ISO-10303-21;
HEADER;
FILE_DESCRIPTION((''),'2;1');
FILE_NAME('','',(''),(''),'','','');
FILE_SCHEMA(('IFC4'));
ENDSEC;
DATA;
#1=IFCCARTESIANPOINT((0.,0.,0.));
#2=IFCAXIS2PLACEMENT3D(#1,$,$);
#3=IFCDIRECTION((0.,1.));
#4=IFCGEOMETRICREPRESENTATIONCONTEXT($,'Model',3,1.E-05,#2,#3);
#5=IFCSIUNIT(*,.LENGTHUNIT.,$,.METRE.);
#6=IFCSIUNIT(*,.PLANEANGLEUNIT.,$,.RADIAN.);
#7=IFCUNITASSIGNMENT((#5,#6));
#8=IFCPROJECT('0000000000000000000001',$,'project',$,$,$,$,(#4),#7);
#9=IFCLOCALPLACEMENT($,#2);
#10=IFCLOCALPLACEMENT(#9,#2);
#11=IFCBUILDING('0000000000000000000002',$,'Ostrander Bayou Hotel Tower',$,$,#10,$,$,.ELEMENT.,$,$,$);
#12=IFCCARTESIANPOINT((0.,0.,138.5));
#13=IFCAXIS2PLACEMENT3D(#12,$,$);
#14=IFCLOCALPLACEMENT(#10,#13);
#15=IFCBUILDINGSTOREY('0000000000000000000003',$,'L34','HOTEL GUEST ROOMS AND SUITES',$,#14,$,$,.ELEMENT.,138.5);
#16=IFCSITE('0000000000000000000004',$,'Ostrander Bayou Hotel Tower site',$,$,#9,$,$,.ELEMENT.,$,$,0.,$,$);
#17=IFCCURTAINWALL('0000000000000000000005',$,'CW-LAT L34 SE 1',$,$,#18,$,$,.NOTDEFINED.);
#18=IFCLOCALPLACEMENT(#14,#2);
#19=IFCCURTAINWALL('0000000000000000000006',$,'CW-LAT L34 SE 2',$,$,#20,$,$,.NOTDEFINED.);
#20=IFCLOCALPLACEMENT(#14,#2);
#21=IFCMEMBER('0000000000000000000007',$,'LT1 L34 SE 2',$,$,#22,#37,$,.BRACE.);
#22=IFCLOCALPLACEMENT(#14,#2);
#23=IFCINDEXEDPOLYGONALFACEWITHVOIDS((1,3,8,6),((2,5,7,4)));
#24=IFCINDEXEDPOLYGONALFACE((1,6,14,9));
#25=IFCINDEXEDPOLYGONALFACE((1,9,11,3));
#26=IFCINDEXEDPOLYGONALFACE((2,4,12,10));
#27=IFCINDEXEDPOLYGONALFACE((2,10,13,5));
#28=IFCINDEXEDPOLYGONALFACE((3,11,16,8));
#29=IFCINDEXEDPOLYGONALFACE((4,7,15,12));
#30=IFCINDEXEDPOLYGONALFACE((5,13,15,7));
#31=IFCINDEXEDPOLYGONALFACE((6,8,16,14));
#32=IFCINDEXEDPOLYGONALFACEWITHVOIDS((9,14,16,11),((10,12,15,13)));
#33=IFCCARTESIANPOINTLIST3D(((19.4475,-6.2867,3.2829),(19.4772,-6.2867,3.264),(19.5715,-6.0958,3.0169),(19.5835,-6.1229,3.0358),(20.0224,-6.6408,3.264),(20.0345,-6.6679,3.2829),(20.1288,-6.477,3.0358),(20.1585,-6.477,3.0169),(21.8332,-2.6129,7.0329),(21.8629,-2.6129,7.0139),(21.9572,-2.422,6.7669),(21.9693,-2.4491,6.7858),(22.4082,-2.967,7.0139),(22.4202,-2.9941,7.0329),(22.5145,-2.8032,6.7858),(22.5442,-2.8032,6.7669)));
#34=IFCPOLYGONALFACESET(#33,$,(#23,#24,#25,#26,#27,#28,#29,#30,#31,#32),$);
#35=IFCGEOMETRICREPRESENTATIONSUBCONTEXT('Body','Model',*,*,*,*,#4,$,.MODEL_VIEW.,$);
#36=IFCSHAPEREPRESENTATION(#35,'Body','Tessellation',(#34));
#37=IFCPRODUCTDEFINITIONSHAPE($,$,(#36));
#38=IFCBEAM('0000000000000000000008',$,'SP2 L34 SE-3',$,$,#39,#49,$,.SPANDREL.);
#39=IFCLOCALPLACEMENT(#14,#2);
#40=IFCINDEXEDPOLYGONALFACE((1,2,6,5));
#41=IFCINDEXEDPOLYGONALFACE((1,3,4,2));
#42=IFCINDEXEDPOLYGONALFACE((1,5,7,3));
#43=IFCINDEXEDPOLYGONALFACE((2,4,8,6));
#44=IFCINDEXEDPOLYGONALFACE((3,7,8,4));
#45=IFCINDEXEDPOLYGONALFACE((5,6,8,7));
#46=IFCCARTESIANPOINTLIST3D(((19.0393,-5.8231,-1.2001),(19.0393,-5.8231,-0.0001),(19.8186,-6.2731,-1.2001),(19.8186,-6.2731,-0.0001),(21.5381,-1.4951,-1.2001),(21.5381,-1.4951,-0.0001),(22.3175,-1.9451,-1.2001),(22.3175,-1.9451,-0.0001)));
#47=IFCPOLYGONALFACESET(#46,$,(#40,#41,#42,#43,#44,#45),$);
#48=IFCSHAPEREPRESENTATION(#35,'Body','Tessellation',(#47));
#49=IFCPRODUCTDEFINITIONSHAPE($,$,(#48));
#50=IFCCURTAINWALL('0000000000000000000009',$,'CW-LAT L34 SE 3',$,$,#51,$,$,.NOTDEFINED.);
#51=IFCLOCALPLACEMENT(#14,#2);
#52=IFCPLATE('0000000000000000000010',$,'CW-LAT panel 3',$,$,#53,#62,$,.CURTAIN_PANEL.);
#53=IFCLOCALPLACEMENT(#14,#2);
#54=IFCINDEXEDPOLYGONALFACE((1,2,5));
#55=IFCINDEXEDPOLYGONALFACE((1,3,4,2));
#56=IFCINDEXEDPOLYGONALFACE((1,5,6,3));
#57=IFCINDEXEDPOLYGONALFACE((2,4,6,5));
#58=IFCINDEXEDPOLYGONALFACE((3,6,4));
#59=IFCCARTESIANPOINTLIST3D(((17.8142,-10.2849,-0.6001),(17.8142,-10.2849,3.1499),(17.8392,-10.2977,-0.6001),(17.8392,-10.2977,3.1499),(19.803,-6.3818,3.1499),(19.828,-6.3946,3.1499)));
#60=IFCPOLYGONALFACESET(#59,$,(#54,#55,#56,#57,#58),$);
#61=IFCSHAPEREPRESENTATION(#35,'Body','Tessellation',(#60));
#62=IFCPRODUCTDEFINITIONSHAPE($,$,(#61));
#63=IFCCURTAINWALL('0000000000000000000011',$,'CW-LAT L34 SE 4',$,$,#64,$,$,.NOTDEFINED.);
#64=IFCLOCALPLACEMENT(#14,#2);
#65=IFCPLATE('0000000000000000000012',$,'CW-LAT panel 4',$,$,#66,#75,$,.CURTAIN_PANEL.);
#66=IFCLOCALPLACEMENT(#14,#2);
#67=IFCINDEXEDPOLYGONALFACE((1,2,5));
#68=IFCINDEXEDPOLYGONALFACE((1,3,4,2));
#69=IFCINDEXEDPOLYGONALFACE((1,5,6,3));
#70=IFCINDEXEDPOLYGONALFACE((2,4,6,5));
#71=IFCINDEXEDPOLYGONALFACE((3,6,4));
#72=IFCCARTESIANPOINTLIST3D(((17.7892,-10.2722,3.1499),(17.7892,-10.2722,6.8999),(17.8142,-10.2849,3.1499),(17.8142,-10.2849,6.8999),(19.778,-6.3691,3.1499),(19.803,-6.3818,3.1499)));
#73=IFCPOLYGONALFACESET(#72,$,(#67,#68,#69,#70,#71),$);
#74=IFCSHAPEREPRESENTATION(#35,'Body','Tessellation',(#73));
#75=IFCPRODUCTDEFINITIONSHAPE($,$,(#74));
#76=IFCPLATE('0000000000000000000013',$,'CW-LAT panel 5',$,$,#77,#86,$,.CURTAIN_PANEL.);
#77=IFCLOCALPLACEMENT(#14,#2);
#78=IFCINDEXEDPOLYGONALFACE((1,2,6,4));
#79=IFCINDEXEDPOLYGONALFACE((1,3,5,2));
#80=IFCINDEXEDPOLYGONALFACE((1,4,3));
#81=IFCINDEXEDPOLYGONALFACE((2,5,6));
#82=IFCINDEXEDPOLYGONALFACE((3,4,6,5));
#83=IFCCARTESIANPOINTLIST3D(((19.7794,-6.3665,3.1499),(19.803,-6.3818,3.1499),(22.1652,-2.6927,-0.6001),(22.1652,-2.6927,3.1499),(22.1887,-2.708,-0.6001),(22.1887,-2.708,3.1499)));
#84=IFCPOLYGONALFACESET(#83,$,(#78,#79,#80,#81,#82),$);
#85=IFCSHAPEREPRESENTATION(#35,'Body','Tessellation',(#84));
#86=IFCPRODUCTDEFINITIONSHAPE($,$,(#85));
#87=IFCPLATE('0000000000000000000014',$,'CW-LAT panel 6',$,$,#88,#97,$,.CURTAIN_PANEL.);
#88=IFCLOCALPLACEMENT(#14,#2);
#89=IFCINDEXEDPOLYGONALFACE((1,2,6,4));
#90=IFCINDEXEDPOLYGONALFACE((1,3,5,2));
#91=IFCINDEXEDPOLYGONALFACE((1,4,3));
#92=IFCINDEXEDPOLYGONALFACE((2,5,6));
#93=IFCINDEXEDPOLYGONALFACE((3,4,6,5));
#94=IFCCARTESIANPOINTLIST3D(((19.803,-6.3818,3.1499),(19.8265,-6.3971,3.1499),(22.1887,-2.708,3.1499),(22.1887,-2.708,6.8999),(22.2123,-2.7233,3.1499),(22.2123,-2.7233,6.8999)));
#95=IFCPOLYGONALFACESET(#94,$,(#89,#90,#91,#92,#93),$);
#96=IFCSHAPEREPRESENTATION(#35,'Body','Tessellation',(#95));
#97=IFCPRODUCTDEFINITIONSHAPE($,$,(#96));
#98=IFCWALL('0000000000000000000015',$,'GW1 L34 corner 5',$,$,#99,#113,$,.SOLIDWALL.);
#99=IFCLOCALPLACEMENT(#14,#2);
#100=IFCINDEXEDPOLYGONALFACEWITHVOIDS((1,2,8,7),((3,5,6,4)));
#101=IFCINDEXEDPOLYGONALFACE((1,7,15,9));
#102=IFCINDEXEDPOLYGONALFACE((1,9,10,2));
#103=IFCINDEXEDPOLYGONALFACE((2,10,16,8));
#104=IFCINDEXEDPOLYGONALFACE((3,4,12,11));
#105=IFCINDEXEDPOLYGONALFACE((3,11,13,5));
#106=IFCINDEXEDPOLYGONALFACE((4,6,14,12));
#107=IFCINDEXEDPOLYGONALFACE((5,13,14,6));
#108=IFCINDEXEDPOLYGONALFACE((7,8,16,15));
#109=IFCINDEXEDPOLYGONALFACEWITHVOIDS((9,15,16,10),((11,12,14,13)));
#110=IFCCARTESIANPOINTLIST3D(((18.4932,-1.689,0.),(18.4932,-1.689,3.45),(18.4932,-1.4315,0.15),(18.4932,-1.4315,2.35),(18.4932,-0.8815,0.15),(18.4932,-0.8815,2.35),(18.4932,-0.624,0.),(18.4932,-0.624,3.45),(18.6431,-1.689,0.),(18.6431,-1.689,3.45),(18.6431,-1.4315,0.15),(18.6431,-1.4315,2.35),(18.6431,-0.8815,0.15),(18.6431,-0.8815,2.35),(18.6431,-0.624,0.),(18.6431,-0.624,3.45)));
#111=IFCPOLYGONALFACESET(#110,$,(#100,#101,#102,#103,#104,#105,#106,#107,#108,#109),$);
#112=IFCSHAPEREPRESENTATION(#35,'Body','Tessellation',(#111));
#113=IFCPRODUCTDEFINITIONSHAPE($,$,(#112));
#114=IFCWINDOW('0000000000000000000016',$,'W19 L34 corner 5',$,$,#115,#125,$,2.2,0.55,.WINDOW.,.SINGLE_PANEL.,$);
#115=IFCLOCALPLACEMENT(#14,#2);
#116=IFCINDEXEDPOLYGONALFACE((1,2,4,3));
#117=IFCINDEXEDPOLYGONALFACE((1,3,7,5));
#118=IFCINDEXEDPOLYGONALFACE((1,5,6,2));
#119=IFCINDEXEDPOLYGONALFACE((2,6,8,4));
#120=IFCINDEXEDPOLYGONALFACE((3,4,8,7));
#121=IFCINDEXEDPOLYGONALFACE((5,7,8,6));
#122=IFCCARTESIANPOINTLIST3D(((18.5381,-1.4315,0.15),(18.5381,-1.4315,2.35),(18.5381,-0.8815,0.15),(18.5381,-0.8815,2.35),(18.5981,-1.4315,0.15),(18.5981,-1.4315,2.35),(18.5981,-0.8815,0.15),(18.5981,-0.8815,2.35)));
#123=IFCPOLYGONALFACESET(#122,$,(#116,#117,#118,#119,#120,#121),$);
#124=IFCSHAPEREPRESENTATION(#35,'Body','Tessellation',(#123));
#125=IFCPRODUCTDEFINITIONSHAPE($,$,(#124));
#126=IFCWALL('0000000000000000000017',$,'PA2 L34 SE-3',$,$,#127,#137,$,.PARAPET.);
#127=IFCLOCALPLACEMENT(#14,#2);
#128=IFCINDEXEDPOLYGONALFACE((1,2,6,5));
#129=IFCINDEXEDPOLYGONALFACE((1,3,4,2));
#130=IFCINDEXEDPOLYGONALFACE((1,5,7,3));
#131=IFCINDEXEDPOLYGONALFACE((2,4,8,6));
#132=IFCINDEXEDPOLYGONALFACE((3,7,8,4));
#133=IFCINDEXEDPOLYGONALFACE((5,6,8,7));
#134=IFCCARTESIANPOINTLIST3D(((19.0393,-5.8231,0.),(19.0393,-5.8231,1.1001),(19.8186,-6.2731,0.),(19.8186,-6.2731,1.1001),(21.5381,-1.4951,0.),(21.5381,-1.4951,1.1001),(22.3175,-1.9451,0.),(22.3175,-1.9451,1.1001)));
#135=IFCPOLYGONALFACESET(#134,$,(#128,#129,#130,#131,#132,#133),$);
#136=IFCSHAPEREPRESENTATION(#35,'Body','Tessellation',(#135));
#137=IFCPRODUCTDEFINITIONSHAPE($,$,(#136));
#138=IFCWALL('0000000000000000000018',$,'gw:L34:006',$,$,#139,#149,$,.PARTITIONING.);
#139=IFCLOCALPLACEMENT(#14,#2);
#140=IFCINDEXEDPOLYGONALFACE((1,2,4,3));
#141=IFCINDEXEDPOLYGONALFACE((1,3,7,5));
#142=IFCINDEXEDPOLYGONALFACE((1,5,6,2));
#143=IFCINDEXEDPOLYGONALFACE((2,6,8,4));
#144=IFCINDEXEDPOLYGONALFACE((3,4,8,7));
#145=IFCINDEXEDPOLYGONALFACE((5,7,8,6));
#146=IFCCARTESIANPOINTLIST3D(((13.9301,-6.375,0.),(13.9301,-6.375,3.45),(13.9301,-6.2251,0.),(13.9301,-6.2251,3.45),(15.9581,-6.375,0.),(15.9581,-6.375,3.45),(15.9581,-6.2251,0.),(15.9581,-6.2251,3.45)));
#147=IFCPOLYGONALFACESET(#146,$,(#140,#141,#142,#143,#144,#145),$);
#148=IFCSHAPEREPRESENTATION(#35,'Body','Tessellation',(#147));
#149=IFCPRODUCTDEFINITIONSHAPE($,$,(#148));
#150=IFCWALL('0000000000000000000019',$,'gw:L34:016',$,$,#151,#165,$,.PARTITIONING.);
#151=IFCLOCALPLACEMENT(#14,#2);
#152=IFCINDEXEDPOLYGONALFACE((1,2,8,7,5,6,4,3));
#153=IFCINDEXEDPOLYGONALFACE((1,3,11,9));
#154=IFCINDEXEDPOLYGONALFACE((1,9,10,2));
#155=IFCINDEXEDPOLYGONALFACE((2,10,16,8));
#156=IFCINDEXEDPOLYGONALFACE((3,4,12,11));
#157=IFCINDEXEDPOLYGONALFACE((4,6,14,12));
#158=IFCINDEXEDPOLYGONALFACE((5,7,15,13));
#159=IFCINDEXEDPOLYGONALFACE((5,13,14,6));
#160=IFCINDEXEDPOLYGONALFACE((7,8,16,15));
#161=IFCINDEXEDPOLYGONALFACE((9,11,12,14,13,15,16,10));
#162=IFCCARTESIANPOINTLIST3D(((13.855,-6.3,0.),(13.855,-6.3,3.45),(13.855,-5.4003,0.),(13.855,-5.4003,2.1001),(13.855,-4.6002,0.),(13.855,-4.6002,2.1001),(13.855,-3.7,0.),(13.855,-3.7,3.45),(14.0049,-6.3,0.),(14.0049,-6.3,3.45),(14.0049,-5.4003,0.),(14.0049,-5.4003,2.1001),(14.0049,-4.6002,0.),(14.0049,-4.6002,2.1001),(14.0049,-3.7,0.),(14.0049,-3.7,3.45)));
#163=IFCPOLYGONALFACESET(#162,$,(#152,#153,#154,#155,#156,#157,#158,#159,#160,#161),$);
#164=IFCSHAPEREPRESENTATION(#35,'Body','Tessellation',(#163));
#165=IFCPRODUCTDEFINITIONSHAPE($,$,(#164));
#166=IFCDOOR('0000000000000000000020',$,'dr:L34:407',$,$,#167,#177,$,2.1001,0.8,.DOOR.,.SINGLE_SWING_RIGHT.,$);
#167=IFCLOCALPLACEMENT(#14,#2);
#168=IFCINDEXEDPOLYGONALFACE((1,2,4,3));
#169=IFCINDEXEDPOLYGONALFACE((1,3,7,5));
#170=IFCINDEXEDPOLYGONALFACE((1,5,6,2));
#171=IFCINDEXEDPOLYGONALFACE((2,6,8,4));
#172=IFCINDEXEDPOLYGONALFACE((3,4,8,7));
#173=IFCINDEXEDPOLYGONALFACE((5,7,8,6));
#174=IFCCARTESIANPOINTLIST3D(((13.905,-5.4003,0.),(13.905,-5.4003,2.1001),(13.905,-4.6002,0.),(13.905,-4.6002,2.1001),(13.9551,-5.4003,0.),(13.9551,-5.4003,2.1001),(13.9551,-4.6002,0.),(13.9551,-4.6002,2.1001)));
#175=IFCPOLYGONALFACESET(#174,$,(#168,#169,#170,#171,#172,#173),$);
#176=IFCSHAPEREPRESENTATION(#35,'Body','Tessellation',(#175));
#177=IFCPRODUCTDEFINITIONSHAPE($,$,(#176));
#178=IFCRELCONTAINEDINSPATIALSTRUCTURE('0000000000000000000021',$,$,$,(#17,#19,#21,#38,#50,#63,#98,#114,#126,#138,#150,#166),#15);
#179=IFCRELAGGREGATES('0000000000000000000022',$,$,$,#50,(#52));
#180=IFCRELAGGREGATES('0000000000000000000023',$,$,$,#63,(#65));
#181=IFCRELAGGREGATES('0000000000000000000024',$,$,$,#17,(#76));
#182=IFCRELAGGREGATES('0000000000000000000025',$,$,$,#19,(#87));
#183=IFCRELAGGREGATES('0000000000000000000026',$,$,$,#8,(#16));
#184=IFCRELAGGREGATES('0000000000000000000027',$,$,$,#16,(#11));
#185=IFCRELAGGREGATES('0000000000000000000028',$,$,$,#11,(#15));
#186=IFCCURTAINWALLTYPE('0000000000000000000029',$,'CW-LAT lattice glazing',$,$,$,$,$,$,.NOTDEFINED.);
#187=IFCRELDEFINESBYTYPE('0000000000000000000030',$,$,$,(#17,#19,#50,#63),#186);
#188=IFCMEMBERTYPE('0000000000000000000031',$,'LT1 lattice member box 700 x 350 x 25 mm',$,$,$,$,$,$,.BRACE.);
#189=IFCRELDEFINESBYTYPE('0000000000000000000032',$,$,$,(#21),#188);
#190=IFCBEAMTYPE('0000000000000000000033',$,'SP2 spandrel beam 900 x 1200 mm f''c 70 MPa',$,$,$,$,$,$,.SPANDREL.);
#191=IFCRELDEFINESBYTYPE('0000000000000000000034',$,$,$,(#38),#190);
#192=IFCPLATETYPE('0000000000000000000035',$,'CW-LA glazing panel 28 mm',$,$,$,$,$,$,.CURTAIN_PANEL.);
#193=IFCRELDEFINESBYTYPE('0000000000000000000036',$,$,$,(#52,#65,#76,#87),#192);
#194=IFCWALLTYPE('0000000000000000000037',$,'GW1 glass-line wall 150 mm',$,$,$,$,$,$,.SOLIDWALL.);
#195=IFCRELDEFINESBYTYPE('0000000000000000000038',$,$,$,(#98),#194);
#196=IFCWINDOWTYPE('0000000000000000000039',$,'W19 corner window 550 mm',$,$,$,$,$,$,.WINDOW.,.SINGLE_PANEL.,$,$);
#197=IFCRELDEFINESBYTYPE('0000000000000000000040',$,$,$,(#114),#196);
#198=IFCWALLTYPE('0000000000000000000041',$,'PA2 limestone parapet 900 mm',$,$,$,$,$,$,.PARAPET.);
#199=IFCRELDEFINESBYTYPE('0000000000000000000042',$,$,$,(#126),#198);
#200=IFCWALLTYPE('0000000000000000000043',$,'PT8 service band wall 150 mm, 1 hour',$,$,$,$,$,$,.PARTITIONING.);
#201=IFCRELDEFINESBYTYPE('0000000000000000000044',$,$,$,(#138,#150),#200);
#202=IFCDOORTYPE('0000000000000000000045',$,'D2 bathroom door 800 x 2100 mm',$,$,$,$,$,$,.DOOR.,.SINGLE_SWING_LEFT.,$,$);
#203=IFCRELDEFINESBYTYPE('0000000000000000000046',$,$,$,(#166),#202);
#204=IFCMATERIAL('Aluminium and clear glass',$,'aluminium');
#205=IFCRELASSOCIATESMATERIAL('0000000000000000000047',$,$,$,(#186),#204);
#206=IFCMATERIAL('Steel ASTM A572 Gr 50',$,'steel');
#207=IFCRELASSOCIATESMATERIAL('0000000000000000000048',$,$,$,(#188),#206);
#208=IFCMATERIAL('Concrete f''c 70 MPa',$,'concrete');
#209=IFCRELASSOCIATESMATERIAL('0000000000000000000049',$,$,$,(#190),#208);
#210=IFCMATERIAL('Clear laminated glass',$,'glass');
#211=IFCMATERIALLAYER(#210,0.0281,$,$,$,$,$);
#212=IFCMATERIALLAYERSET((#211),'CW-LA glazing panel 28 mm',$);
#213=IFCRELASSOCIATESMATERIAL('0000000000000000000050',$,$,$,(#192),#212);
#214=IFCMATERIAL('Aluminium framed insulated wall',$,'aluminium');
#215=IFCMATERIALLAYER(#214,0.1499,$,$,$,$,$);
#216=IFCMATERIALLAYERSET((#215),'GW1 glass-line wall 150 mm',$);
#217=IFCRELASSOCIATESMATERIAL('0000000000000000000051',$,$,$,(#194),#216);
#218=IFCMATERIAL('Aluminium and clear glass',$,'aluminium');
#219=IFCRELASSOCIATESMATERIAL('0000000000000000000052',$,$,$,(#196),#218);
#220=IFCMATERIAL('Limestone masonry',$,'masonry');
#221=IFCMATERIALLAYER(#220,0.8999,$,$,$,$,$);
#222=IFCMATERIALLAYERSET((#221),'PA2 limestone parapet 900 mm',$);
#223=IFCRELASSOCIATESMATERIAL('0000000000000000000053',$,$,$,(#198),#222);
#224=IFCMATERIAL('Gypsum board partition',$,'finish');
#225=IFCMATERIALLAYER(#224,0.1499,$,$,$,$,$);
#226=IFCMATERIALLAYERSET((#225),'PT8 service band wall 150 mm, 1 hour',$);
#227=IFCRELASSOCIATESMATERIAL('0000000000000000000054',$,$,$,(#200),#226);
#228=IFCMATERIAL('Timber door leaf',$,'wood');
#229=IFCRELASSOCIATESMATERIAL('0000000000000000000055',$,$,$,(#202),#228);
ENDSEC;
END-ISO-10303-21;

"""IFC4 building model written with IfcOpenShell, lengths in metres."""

from ifc_helpers import new_model, si_unit, direction, frame, frame_2d, origin, origin_2d, place, context, subcontext, project, spatial, polyline, rectangle, hollow_rectangle, outline, extrude, material, layer, layer_set, material_profile, profile_set, type_object, element, fill, aggregate, save


model = new_model("IFC4")

# Units and contexts
model_context = context("Model", 3, precision=1e-05, world=origin(), true_north=direction((0.0, 1.0)))
body_context = subcontext(model_context, "Body", "Model", "MODEL_VIEW")
ifc_project = project(units=[si_unit("LENGTHUNIT", "METRE"), si_unit("PLANEANGLEUNIT", "RADIAN")], contexts=[model_context])

# Site, building, storey
site_placement = place(None, origin())
site = spatial("IfcSite", under=ifc_project, at=site_placement, Name="Ostrander Bayou Hotel Tower site", CompositionType="ELEMENT", RefElevation=0.0)
building_placement = place(site_placement, origin())
building = spatial("IfcBuilding", under=site, at=building_placement, Name="Ostrander Bayou Hotel Tower", CompositionType="ELEMENT")
storey_placement = place(building_placement, frame((0.0, 0.0, 138.5)))
storey = spatial("IfcBuildingStorey", under=building, at=storey_placement, Name="L34", Description="HOTEL GUEST ROOMS AND SUITES", CompositionType="ELEMENT", Elevation=138.5)

# Curtain walls
ifc_material_1 = material(Name="Aluminium and clear glass", Category="aluminium")
curtain_wall_type = type_object("IfcCurtainWallType", Name="CW-LAT lattice glazing", PredefinedType="NOTDEFINED", material=ifc_material_1)
curtain_wall_1_placement = place(storey_placement, origin())
curtain_wall_1 = element("IfcCurtainWall", 1, at=curtain_wall_1_placement, inside=storey, type_object=curtain_wall_type, Name="CW-LAT L34 SE 1", PredefinedType="NOTDEFINED")
curtain_wall_2_placement = place(storey_placement, origin())
curtain_wall_2 = element("IfcCurtainWall", 2, at=curtain_wall_2_placement, inside=storey, type_object=curtain_wall_type, Name="CW-LAT L34 SE 2", PredefinedType="NOTDEFINED")

# Member
ifc_material_2 = material(Name="Steel ASTM A572 Gr 50", Category="steel")
ifc_material_profile_1 = material_profile(ifc_material_2, hollow_rectangle(XDim=0.7, YDim=0.3501, WallThickness=0.0249, at=origin_2d()))
ifc_profile_set_1 = profile_set([ifc_material_profile_1], Name="Steel ASTM A572 Gr 50")
member_type_1 = type_object("IfcMemberType", Name="LT1 lattice member box 700 x 350 x 25 mm", PredefinedType="BRACE", material=ifc_profile_set_1)
for number, where, z_axis, x_axis, name in (
    (3, (19.803, -6.3818, 3.1499), (0.413732, 0.63711, 0.65032), (-0.838678, 0.544628, 0.0), "LT1 L34 SE 2"),
):
    element("IfcMember", number, at=place(storey_placement, frame(where, z_axis=z_axis, x_axis=x_axis)), inside=storey, type_object=member_type_1, Name=name, PredefinedType="BRACE", context=body_context, shape_type="SweptSolid", body=[
        extrude(hollow_rectangle(XDim=0.7, YDim=0.3501, WallThickness=0.0249, at=origin_2d()), origin(), (0.0, 0.0, 1.0), 5.7664),
    ])

# Beam
ifc_material_3 = material(Name="Concrete f'c 70 MPa", Category="concrete")
ifc_material_profile_2 = material_profile(ifc_material_3, rectangle(XDim=0.8999, YDim=1.2, at=origin_2d()))
ifc_profile_set_2 = profile_set([ifc_material_profile_2], Name="Concrete f'c 70 MPa")
beam_type_1 = type_object("IfcBeamType", Name="SP2 spandrel beam 900 x 1200 mm f'c 70 MPa", PredefinedType="SPANDREL", material=ifc_profile_set_2)
beam_1_placement = place(storey_placement, frame((19.429, -6.0481, -0.6001), z_axis=(0.500011, 0.866019, 0.0), x_axis=(-0.866019, 0.500011, 0.0)))
element("IfcBeam", 4, at=beam_1_placement, inside=storey, type_object=beam_type_1, Name="SP2 L34 SE-3", PredefinedType="SPANDREL", context=body_context, shape_type="SweptSolid", body=[
    extrude(rectangle(XDim=0.8999, YDim=1.2, at=origin_2d()), origin(), (0.0, 0.0, 1.0), 4.9976),
])

# Curtain walls, plates
curtain_wall_3_placement = place(storey_placement, origin())
curtain_wall_3 = element("IfcCurtainWall", 5, at=curtain_wall_3_placement, inside=storey, type_object=curtain_wall_type, Name="CW-LAT L34 SE 3", PredefinedType="NOTDEFINED")
ifc_material_4 = material(Name="Clear laminated glass", Category="glass")
ifc_layer_1 = layer(ifc_material_4, 0.0281)
ifc_layer_set_1 = layer_set([ifc_layer_1], Name="CW-LA glazing panel 28 mm")
plate_type = type_object("IfcPlateType", Name="CW-LA glazing panel 28 mm", PredefinedType="CURTAIN_PANEL", material=ifc_layer_set_1)
plate_1_placement = place(storey_placement, frame((19.803, -6.3818, 3.1499), z_axis=(-0.891002, 0.454, 0.0), x_axis=(-0.344888, -0.676862, -0.650316)))
plate_1 = element("IfcPlate", 6, at=plate_1_placement, type_object=plate_type, Name="CW-LAT panel 3", PredefinedType="CURTAIN_PANEL", context=body_context, shape_type="SweptSolid", body=[
    extrude(outline(polyline([(0.0, 0.0), (5.7664, 0.0), (3.3277, 2.8487), (0.0, 0.0)])), origin(), (0.0, 0.0, -1.0), 0.0281),
])
aggregate(curtain_wall_3, [plate_1])
curtain_wall_4_placement = place(storey_placement, origin())
curtain_wall_4 = element("IfcCurtainWall", 7, at=curtain_wall_4_placement, inside=storey, type_object=curtain_wall_type, Name="CW-LAT L34 SE 4", PredefinedType="NOTDEFINED")
plate_2_placement = place(storey_placement, frame((19.803, -6.3818, 3.1499), z_axis=(0.891002, -0.454, 0.0), x_axis=(-0.344888, -0.676862, 0.650316)))
plate_2 = element("IfcPlate", 8, at=plate_2_placement, type_object=plate_type, Name="CW-LAT panel 4", PredefinedType="CURTAIN_PANEL", context=body_context, shape_type="SweptSolid", body=[
    extrude(outline(polyline([(0.0, 0.0), (5.7664, 0.0), (3.3277, 2.8487), (0.0, 0.0)])), origin(), (0.0, 0.0, -1.0), 0.0281),
])
aggregate(curtain_wall_4, [plate_2])

# Plates
plate_3_placement = place(storey_placement, frame((19.803, -6.3818, 3.1499), z_axis=(0.838678, -0.544628, 0.0), x_axis=(0.413732, 0.63711, -0.65032)))
plate_3 = element("IfcPlate", 9, at=plate_3_placement, type_object=plate_type, Name="CW-LAT panel 5", PredefinedType="CURTAIN_PANEL", context=body_context, shape_type="SweptSolid", body=[
    extrude(outline(polyline([(0.0, 0.0), (5.7664, 0.0), (3.3277, 2.8487), (0.0, 0.0)])), origin(), (0.0, 0.0, -1.0), 0.0281),
])
aggregate(curtain_wall_1, [plate_3])
plate_4_placement = place(storey_placement, frame((19.803, -6.3818, 3.1499), z_axis=(-0.838678, 0.544628, 0.0), x_axis=(0.413732, 0.63711, 0.65032)))
plate_4 = element("IfcPlate", 10, at=plate_4_placement, type_object=plate_type, Name="CW-LAT panel 6", PredefinedType="CURTAIN_PANEL", context=body_context, shape_type="SweptSolid", body=[
    extrude(outline(polyline([(0.0, 0.0), (5.7664, 0.0), (3.3277, 2.8487), (0.0, 0.0)])), origin(), (0.0, 0.0, -1.0), 0.0281),
])
aggregate(curtain_wall_2, [plate_4])

# Wall, opening, window
ifc_material_5 = material(Name="Aluminium framed insulated wall", Category="aluminium")
ifc_layer_2 = layer(ifc_material_5, 0.1499)
ifc_layer_set_2 = layer_set([ifc_layer_2], Name="GW1 glass-line wall 150 mm")
wall_type_1 = type_object("IfcWallType", Name="GW1 glass-line wall 150 mm", PredefinedType="SOLIDWALL", material=ifc_layer_set_2)
wall_1_placement = place(storey_placement, frame((18.5681, -1.689, 0.0), z_axis=(0.0, 0.0, 1.0), x_axis=(0.0, 1.0, 0.0)))
wall_1 = element("IfcWall", 11, at=wall_1_placement, inside=storey, type_object=wall_type_1, Name="GW1 L34 corner 5", PredefinedType="SOLIDWALL", context=body_context, shape_type="SweptSolid", body=[
    extrude(rectangle(XDim=1.0649, YDim=0.1499, at=frame_2d((0.5325, 0.0))), origin(), (0.0, 0.0, 1.0), 3.45),
])
opening_1_placement = place(wall_1_placement, frame((0.2576, 0.0, 0.1499)))
opening_1 = element("IfcOpeningElement", 12, at=opening_1_placement, cuts=wall_1, PredefinedType="OPENING", context=body_context, shape_type="SweptSolid", body=[
    extrude(rectangle(XDim=0.55, YDim=2.2, at=frame_2d((0.2749, 1.1001))), frame((0.0, 0.075, 0.0), z_axis=(0.0, -1.0, 0.0), x_axis=(1.0, 0.0, 0.0)), (0.0, 0.0, 1.0), 0.1499),
])
ifc_material_6 = material(Name="Aluminium and clear glass", Category="aluminium")
window_type = type_object("IfcWindowType", Name="W19 corner window 550 mm", PartitioningType="SINGLE_PANEL", PredefinedType="WINDOW", material=ifc_material_6)
window_placement = place(opening_1_placement, origin())
window = element("IfcWindow", 13, at=window_placement, inside=storey, type_object=window_type, Name="W19 L34 corner 5", OverallHeight=2.2, OverallWidth=0.55, PartitioningType="SINGLE_PANEL", PredefinedType="WINDOW", context=body_context, shape_type="SweptSolid", body=[
    extrude(rectangle(XDim=0.55, YDim=2.2, at=frame_2d((0.2749, 1.1001))), frame((0.0, 0.03, 0.0), z_axis=(0.0, -1.0, 0.0), x_axis=(1.0, 0.0, 0.0)), (0.0, 0.0, 1.0), 0.0601),
])
fill(opening_1, window)

# Walls
ifc_material_7 = material(Name="Limestone masonry", Category="masonry")
ifc_layer_3 = layer(ifc_material_7, 0.8999)
ifc_layer_set_3 = layer_set([ifc_layer_3], Name="PA2 limestone parapet 900 mm")
wall_type_2 = type_object("IfcWallType", Name="PA2 limestone parapet 900 mm", PredefinedType="PARAPET", material=ifc_layer_set_3)
wall_2_placement = place(storey_placement, frame((19.429, -6.0481, 0.0), z_axis=(0.0, 0.0, 1.0), x_axis=(0.500011, 0.866019, 0.0)))
element("IfcWall", 14, at=wall_2_placement, inside=storey, type_object=wall_type_2, Name="PA2 L34 SE-3", PredefinedType="PARAPET", context=body_context, shape_type="SweptSolid", body=[
    extrude(rectangle(XDim=4.9976, YDim=0.8999, at=frame_2d((2.4988, 0.0))), origin(), (0.0, 0.0, 1.0), 1.1001),
])
ifc_material_8 = material(Name="Gypsum board partition", Category="finish")
ifc_layer_4 = layer(ifc_material_8, 0.1499)
ifc_layer_set_4 = layer_set([ifc_layer_4], Name="PT8 service band wall 150 mm, 1 hour")
wall_type_3 = type_object("IfcWallType", Name="PT8 service band wall 150 mm, 1 hour", PredefinedType="PARTITIONING", material=ifc_layer_set_4)
wall_3_placement = place(storey_placement, frame((13.9299, -6.3, 0.0), z_axis=(0.0, 0.0, 1.0), x_axis=(1.0, 0.0, 0.0)))
element("IfcWall", 15, at=wall_3_placement, inside=storey, type_object=wall_type_3, Name="gw:L34:006", PredefinedType="PARTITIONING", context=body_context, shape_type="SweptSolid", body=[
    extrude(rectangle(XDim=2.0281, YDim=0.1499, at=frame_2d((1.0142, 0.0))), origin(), (0.0, 0.0, 1.0), 3.45),
])

# Wall, opening, door
wall_4_placement = place(storey_placement, frame((13.9299, -6.3, 0.0), z_axis=(0.0, 0.0, 1.0), x_axis=(0.0, 1.0, 0.0)))
wall_4 = element("IfcWall", 16, at=wall_4_placement, inside=storey, type_object=wall_type_3, Name="gw:L34:016", PredefinedType="PARTITIONING", context=body_context, shape_type="SweptSolid", body=[
    extrude(rectangle(XDim=2.6001, YDim=0.1499, at=frame_2d((1.3, 0.0))), origin(), (0.0, 0.0, 1.0), 3.45),
])
opening_2_placement = place(wall_4_placement, frame((0.8999, 0.0, 0.0)))
opening_2 = element("IfcOpeningElement", 17, at=opening_2_placement, cuts=wall_4, PredefinedType="OPENING", context=body_context, shape_type="SweptSolid", body=[
    extrude(rectangle(XDim=0.8, YDim=2.1001, at=frame_2d((0.3999, 1.05))), frame((0.0, 0.075, 0.0), z_axis=(0.0, -1.0, 0.0), x_axis=(1.0, 0.0, 0.0)), (0.0, 0.0, 1.0), 0.1499),
])
ifc_material_9 = material(Name="Timber door leaf", Category="wood")
door_type_1 = type_object("IfcDoorType", Name="D2 bathroom door 800 x 2100 mm", OperationType="SINGLE_SWING_LEFT", PredefinedType="DOOR", material=ifc_material_9)
door_1_placement = place(opening_2_placement, origin())
door_1 = element("IfcDoor", 18, at=door_1_placement, inside=storey, type_object=door_type_1, Name="dr:L34:407", OperationType="SINGLE_SWING_RIGHT", OverallHeight=2.1001, OverallWidth=0.8, PredefinedType="DOOR", context=body_context, shape_type="SweptSolid", body=[
    extrude(rectangle(XDim=0.8, YDim=2.1001, at=frame_2d((0.3999, 1.05))), frame((0.0, 0.0249, 0.0), z_axis=(0.0, -1.0, 0.0), x_axis=(1.0, 0.0, 0.0)), (0.0, 0.0, 1.0), 0.05),
])
fill(opening_2, door_1)

save(model, "model.ifc")
